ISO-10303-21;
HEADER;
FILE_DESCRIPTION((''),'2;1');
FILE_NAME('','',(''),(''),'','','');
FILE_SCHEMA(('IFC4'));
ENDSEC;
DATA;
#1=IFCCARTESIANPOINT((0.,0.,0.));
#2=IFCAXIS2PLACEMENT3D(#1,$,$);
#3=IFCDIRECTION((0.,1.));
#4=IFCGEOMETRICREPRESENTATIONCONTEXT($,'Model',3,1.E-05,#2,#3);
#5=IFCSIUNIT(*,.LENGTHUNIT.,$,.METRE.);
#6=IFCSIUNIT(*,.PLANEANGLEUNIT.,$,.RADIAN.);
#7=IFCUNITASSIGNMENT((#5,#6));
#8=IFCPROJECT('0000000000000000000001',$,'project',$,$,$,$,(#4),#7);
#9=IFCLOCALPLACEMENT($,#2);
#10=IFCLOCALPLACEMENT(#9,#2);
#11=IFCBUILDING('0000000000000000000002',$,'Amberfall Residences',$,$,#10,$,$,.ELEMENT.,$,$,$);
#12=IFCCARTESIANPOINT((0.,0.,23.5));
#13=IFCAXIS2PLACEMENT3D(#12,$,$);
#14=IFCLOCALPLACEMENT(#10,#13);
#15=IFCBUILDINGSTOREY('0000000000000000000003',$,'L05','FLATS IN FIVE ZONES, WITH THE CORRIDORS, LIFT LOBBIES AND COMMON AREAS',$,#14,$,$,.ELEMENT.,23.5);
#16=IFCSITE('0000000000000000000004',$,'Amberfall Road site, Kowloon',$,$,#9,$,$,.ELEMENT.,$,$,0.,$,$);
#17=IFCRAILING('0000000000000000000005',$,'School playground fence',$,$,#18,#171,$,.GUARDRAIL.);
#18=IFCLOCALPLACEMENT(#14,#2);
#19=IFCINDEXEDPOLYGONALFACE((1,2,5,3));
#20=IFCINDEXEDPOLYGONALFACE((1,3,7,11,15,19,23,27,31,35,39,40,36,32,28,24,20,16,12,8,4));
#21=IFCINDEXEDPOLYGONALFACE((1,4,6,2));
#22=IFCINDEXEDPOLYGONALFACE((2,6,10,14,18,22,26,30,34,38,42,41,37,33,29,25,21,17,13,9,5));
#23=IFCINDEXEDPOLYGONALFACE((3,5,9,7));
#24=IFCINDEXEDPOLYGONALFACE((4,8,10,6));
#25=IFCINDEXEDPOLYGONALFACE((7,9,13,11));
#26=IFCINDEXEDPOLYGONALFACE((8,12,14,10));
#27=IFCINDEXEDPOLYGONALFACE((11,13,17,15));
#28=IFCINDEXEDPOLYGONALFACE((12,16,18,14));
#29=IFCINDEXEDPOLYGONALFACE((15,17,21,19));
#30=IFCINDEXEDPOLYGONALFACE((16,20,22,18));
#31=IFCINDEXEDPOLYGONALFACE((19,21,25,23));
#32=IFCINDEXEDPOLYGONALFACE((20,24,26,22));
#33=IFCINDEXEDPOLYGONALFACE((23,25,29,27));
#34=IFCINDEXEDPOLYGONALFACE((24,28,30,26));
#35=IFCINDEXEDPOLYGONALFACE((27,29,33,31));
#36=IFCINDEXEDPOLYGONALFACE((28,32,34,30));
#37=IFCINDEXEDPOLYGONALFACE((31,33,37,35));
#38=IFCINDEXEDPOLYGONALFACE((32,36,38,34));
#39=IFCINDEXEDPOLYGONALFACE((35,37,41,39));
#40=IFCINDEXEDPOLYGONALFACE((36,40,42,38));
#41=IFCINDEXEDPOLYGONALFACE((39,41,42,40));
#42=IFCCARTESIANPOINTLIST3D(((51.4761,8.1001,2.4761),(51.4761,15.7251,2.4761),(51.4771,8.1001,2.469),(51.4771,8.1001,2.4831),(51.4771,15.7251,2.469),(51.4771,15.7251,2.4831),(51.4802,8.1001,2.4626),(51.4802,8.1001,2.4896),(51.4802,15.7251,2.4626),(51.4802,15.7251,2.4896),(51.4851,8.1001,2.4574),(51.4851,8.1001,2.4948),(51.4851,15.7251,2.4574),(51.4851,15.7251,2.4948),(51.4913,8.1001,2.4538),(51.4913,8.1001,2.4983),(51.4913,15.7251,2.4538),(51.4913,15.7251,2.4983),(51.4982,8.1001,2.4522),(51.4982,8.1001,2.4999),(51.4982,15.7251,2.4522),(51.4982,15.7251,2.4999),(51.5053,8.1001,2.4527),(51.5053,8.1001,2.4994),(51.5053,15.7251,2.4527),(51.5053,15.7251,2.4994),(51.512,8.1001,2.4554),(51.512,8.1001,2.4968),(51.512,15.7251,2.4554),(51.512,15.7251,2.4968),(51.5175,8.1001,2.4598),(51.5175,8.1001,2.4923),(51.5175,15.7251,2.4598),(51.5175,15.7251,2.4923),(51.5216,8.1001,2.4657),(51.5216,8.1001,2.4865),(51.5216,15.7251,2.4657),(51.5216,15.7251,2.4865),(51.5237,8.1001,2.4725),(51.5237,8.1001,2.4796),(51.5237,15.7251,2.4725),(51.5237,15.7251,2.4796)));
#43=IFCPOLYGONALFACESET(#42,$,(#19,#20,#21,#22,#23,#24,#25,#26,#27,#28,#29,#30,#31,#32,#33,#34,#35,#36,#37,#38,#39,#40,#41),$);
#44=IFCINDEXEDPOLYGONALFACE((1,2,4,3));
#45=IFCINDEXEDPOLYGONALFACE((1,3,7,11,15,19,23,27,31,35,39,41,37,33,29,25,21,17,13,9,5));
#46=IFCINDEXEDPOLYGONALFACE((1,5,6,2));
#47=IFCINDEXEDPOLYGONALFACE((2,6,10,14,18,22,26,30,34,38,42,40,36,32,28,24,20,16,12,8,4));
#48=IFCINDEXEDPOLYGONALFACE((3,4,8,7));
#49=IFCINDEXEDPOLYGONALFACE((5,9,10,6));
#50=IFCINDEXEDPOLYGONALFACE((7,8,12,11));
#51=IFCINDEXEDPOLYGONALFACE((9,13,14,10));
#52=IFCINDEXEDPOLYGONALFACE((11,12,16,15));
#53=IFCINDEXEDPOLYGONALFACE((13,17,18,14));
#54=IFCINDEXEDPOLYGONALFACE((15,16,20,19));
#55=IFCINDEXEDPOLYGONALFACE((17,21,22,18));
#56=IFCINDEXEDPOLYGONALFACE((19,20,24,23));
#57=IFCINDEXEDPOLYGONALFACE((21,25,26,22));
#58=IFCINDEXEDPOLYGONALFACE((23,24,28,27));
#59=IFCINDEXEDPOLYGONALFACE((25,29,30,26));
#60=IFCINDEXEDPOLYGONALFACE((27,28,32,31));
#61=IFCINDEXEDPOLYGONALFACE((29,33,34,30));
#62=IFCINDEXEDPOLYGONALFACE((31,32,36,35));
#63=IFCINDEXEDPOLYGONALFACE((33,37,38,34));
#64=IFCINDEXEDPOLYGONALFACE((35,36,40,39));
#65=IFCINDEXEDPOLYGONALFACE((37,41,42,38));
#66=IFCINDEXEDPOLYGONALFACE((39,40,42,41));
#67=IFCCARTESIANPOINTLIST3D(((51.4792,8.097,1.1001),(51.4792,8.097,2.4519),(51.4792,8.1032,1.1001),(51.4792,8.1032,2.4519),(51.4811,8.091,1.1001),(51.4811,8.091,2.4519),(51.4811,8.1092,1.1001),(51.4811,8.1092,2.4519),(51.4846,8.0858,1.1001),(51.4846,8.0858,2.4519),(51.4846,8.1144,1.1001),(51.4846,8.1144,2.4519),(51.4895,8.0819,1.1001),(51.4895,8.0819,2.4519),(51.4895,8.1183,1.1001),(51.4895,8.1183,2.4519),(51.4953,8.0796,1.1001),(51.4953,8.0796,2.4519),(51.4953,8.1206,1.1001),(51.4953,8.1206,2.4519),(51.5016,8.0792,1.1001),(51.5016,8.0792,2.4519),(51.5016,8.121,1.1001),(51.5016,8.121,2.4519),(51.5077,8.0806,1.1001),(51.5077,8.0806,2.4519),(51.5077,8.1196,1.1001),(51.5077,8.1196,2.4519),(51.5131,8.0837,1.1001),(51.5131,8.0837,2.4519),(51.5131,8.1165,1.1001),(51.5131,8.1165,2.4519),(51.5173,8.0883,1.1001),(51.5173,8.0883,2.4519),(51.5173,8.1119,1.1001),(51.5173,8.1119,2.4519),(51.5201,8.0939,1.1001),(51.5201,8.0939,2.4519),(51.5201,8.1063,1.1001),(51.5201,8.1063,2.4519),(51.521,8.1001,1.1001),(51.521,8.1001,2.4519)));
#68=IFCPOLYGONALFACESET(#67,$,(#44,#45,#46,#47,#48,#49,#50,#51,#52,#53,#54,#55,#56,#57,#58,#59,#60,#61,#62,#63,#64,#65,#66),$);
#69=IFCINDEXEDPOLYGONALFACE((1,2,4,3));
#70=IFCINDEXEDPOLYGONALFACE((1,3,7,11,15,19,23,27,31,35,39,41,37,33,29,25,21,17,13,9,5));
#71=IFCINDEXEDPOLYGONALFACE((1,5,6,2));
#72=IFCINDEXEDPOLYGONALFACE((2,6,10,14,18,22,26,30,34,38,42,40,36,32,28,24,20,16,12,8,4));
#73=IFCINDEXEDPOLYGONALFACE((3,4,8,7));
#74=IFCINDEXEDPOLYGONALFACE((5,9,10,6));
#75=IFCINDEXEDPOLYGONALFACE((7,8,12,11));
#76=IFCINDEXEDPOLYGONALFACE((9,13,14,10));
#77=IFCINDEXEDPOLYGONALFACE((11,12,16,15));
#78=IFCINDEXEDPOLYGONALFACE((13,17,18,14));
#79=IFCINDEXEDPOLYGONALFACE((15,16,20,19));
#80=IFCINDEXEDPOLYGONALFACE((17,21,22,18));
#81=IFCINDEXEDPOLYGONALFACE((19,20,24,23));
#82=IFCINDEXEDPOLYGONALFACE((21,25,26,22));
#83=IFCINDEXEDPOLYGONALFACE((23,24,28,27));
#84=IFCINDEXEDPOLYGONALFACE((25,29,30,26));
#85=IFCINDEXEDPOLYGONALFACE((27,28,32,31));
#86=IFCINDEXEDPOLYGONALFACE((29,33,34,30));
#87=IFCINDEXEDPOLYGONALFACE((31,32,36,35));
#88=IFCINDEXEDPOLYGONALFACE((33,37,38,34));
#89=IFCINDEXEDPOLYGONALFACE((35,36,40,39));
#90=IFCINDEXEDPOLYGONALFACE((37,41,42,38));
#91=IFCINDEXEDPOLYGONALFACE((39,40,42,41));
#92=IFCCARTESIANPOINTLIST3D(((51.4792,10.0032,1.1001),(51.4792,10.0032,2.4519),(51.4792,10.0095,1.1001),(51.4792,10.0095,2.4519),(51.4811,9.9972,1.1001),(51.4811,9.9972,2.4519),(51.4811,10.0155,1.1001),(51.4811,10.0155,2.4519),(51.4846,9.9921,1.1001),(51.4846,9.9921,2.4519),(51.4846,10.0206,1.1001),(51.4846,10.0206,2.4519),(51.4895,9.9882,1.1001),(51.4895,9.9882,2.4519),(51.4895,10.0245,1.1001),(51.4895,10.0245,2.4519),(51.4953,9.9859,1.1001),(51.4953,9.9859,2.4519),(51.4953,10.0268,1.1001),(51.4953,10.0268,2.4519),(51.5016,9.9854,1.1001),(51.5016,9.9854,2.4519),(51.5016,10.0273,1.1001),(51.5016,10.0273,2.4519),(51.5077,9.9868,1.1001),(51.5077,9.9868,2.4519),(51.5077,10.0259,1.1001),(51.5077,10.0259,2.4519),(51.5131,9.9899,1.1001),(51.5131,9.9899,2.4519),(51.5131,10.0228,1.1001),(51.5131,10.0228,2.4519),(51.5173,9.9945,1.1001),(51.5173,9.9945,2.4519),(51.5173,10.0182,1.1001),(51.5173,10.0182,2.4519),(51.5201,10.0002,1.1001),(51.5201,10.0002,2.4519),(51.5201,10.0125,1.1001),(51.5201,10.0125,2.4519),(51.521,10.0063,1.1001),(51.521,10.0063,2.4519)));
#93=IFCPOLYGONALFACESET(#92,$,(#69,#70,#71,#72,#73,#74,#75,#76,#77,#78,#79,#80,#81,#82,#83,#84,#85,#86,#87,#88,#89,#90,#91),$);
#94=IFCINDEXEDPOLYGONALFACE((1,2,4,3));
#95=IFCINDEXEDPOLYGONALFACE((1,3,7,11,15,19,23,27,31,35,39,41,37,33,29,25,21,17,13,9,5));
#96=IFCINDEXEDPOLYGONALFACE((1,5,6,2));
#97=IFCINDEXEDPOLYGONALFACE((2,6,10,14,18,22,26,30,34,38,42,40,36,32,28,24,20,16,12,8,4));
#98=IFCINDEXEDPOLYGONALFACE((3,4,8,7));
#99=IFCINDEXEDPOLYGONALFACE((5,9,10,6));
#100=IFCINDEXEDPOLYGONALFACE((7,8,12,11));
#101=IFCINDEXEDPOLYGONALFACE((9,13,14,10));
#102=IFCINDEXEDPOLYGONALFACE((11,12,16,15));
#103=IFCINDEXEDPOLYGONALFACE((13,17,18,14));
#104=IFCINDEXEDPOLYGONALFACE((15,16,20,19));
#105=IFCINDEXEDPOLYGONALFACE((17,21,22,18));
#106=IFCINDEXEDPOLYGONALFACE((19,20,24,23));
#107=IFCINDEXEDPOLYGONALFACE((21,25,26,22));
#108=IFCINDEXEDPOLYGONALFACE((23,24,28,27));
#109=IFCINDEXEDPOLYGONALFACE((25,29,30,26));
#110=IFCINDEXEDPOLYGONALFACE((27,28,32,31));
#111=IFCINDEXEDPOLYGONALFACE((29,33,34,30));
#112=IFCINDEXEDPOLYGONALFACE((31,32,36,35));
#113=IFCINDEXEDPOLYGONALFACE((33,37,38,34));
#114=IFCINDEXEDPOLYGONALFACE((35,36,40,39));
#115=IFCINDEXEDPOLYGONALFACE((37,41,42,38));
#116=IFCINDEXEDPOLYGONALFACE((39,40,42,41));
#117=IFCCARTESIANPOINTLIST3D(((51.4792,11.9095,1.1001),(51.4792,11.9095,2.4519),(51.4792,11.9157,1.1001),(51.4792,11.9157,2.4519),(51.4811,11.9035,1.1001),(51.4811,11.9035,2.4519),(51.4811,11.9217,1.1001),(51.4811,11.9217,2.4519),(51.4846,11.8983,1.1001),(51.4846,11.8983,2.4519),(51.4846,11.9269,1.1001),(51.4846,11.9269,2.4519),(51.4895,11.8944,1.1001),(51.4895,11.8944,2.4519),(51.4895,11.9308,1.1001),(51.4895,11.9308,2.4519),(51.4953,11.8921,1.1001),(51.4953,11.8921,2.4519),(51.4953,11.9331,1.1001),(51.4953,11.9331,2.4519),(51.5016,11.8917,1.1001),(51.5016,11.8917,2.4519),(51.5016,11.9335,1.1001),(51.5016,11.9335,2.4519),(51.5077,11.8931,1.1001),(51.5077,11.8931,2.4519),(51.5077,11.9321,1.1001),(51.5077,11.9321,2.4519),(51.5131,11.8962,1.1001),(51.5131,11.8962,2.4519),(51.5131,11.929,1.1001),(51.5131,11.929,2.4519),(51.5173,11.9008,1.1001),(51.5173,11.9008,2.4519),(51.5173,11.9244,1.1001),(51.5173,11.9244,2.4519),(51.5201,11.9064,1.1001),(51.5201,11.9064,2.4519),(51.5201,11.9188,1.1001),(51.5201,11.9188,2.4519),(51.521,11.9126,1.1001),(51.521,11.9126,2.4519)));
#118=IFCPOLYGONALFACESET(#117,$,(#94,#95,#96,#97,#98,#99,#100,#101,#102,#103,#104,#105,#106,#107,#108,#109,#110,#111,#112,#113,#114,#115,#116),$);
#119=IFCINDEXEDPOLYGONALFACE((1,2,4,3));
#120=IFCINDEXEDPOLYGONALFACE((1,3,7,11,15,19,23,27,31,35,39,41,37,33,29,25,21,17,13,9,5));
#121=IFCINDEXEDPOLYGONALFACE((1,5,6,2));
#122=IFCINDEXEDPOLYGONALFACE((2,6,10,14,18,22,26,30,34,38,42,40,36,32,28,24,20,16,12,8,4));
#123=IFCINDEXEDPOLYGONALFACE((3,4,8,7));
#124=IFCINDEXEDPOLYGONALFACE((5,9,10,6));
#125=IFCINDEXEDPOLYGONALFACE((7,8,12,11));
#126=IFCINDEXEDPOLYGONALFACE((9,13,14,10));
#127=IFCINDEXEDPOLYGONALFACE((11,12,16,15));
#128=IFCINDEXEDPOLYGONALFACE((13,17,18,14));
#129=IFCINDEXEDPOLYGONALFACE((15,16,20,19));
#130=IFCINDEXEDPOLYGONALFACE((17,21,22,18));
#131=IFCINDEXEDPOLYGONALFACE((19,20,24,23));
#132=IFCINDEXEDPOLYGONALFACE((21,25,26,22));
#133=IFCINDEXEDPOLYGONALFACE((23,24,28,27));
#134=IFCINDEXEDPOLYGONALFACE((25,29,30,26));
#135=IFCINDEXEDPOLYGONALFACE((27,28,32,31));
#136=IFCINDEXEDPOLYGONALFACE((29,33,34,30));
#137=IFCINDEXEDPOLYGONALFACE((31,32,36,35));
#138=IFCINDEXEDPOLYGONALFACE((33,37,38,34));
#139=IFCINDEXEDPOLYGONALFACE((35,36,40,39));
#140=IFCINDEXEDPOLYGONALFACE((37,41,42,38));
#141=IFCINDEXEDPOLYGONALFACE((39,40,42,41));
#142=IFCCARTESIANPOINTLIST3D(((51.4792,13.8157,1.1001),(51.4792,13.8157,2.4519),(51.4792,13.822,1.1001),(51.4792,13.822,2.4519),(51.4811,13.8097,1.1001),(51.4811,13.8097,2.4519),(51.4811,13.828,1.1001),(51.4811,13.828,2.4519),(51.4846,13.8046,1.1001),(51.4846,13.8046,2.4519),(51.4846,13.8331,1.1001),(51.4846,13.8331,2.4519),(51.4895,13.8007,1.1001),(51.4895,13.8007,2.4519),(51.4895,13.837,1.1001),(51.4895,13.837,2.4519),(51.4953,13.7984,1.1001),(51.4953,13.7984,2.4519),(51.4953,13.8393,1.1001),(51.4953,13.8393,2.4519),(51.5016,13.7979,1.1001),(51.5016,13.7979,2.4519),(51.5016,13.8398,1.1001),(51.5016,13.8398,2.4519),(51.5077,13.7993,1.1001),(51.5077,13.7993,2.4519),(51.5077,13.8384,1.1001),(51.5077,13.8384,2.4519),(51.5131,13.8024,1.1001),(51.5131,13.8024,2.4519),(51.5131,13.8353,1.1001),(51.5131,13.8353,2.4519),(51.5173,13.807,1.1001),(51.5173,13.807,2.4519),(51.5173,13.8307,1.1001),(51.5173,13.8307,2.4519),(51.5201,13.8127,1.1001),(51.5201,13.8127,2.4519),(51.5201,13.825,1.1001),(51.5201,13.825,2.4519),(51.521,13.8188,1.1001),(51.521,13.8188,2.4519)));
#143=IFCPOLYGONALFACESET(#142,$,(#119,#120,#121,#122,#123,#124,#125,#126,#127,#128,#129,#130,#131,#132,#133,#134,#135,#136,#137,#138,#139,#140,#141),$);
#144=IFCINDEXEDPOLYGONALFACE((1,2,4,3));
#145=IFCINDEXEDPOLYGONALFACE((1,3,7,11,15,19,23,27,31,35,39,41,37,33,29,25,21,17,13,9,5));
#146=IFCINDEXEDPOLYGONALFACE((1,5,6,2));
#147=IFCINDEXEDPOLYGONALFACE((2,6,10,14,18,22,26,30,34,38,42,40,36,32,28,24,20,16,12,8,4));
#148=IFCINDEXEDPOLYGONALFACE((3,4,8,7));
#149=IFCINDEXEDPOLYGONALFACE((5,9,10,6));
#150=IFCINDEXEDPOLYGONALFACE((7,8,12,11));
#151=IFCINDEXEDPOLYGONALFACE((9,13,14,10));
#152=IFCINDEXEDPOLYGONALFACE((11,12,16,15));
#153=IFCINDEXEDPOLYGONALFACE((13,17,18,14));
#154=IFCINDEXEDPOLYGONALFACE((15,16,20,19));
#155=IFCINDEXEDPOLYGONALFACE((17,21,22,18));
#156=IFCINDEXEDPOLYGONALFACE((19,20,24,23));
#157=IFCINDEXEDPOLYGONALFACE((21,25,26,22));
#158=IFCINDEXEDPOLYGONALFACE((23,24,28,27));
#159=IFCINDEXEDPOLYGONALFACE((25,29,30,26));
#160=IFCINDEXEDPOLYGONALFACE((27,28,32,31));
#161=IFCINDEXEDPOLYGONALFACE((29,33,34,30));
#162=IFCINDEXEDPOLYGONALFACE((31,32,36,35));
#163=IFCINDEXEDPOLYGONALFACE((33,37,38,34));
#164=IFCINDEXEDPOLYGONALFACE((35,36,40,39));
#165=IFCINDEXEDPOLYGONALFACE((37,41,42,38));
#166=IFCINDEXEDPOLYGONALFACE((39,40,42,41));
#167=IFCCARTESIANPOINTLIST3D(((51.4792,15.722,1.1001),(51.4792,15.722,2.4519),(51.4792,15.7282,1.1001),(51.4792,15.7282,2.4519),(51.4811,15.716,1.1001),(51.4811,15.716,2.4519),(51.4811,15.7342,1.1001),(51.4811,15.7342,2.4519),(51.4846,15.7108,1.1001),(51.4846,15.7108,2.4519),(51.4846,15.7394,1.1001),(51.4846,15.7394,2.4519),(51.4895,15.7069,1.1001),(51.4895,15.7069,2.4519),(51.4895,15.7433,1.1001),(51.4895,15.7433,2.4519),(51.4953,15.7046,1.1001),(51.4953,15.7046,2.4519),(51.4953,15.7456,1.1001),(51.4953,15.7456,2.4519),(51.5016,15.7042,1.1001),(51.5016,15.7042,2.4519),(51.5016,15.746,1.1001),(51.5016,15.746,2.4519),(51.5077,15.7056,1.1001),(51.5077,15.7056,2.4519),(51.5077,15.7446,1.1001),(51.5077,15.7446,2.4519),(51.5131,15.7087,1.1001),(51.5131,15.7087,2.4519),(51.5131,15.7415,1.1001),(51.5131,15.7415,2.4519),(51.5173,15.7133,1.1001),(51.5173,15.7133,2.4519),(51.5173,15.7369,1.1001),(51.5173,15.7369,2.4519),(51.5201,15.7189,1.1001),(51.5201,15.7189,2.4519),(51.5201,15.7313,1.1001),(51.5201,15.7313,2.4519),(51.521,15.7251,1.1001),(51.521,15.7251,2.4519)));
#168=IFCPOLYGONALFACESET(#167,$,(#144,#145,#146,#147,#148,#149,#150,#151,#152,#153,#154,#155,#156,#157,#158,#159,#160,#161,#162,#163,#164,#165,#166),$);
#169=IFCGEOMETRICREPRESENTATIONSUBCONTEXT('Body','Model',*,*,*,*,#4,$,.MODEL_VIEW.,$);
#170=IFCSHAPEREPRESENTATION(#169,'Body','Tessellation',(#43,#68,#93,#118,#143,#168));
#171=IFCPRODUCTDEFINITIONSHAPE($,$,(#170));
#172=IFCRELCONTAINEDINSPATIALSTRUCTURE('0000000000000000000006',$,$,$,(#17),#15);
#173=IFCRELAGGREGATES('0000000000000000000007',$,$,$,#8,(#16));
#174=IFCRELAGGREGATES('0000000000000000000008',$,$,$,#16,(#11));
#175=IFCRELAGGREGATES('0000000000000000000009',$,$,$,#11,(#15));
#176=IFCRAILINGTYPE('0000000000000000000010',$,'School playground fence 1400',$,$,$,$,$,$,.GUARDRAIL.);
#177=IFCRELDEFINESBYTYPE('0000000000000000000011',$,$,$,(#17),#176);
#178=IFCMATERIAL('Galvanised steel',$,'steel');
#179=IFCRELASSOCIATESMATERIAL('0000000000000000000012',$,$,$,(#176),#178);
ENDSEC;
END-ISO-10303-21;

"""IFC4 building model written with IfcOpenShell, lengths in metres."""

from ifc_helpers import new_model, si_unit, direction, frame, origin, origin_2d, place, context, subcontext, project, spatial, circle, extrude, material, type_object, element, save


model = new_model("IFC4")

# Units and contexts
model_context = context("Model", 3, precision=1e-05, world=origin(), true_north=direction((0.0, 1.0)))
body_context = subcontext(model_context, "Body", "Model", "MODEL_VIEW")
ifc_project = project(units=[si_unit("LENGTHUNIT", "METRE"), si_unit("PLANEANGLEUNIT", "RADIAN")], contexts=[model_context])

# Site, building, storey
site_placement = place(None, origin())
site = spatial("IfcSite", under=ifc_project, at=site_placement, Name="Amberfall Road site, Kowloon", CompositionType="ELEMENT", RefElevation=0.0)
building_placement = place(site_placement, origin())
building = spatial("IfcBuilding", under=site, at=building_placement, Name="Amberfall Residences", CompositionType="ELEMENT")
storey_placement = place(building_placement, frame((0.0, 0.0, 23.5)))
storey = spatial("IfcBuildingStorey", under=building, at=storey_placement, Name="L05", Description="FLATS IN FIVE ZONES, WITH THE CORRIDORS, LIFT LOBBIES AND COMMON AREAS", CompositionType="ELEMENT", Elevation=23.5)

# Railing
ifc_material_1 = material(Name="Galvanised steel", Category="steel")
railing_type = type_object("IfcRailingType", Name="School playground fence 1400", PredefinedType="GUARDRAIL", material=ifc_material_1)
railing_1_placement = place(storey_placement, frame((51.5, 8.1001, 1.1001)))
element("IfcRailing", 1, at=railing_1_placement, inside=storey, type_object=railing_type, Name="School playground fence", PredefinedType="GUARDRAIL", context=body_context, shape_type="SweptSolid", body=[
    extrude(circle(Radius=0.0239, at=origin_2d()), frame((0.0, 0.0, 1.376), z_axis=(0.0, 1.0, 0.0), x_axis=(-1.0, 0.0, 0.0)), (0.0, 0.0, 1.0), 7.625),
    extrude(circle(Radius=0.021, at=origin_2d()), origin(), (0.0, 0.0, 1.0), 1.3518),
    extrude(circle(Radius=0.021, at=origin_2d()), frame((0.0, 1.9062, 0.0)), (0.0, 0.0, 1.0), 1.3518),
    extrude(circle(Radius=0.021, at=origin_2d()), frame((0.0, 3.8125, 0.0)), (0.0, 0.0, 1.0), 1.3518),
    extrude(circle(Radius=0.021, at=origin_2d()), frame((0.0, 5.7188, 0.0)), (0.0, 0.0, 1.0), 1.3518),
    extrude(circle(Radius=0.021, at=origin_2d()), frame((0.0, 7.625, 0.0)), (0.0, 0.0, 1.0), 1.3518),
])

save(model, "model.ifc")
